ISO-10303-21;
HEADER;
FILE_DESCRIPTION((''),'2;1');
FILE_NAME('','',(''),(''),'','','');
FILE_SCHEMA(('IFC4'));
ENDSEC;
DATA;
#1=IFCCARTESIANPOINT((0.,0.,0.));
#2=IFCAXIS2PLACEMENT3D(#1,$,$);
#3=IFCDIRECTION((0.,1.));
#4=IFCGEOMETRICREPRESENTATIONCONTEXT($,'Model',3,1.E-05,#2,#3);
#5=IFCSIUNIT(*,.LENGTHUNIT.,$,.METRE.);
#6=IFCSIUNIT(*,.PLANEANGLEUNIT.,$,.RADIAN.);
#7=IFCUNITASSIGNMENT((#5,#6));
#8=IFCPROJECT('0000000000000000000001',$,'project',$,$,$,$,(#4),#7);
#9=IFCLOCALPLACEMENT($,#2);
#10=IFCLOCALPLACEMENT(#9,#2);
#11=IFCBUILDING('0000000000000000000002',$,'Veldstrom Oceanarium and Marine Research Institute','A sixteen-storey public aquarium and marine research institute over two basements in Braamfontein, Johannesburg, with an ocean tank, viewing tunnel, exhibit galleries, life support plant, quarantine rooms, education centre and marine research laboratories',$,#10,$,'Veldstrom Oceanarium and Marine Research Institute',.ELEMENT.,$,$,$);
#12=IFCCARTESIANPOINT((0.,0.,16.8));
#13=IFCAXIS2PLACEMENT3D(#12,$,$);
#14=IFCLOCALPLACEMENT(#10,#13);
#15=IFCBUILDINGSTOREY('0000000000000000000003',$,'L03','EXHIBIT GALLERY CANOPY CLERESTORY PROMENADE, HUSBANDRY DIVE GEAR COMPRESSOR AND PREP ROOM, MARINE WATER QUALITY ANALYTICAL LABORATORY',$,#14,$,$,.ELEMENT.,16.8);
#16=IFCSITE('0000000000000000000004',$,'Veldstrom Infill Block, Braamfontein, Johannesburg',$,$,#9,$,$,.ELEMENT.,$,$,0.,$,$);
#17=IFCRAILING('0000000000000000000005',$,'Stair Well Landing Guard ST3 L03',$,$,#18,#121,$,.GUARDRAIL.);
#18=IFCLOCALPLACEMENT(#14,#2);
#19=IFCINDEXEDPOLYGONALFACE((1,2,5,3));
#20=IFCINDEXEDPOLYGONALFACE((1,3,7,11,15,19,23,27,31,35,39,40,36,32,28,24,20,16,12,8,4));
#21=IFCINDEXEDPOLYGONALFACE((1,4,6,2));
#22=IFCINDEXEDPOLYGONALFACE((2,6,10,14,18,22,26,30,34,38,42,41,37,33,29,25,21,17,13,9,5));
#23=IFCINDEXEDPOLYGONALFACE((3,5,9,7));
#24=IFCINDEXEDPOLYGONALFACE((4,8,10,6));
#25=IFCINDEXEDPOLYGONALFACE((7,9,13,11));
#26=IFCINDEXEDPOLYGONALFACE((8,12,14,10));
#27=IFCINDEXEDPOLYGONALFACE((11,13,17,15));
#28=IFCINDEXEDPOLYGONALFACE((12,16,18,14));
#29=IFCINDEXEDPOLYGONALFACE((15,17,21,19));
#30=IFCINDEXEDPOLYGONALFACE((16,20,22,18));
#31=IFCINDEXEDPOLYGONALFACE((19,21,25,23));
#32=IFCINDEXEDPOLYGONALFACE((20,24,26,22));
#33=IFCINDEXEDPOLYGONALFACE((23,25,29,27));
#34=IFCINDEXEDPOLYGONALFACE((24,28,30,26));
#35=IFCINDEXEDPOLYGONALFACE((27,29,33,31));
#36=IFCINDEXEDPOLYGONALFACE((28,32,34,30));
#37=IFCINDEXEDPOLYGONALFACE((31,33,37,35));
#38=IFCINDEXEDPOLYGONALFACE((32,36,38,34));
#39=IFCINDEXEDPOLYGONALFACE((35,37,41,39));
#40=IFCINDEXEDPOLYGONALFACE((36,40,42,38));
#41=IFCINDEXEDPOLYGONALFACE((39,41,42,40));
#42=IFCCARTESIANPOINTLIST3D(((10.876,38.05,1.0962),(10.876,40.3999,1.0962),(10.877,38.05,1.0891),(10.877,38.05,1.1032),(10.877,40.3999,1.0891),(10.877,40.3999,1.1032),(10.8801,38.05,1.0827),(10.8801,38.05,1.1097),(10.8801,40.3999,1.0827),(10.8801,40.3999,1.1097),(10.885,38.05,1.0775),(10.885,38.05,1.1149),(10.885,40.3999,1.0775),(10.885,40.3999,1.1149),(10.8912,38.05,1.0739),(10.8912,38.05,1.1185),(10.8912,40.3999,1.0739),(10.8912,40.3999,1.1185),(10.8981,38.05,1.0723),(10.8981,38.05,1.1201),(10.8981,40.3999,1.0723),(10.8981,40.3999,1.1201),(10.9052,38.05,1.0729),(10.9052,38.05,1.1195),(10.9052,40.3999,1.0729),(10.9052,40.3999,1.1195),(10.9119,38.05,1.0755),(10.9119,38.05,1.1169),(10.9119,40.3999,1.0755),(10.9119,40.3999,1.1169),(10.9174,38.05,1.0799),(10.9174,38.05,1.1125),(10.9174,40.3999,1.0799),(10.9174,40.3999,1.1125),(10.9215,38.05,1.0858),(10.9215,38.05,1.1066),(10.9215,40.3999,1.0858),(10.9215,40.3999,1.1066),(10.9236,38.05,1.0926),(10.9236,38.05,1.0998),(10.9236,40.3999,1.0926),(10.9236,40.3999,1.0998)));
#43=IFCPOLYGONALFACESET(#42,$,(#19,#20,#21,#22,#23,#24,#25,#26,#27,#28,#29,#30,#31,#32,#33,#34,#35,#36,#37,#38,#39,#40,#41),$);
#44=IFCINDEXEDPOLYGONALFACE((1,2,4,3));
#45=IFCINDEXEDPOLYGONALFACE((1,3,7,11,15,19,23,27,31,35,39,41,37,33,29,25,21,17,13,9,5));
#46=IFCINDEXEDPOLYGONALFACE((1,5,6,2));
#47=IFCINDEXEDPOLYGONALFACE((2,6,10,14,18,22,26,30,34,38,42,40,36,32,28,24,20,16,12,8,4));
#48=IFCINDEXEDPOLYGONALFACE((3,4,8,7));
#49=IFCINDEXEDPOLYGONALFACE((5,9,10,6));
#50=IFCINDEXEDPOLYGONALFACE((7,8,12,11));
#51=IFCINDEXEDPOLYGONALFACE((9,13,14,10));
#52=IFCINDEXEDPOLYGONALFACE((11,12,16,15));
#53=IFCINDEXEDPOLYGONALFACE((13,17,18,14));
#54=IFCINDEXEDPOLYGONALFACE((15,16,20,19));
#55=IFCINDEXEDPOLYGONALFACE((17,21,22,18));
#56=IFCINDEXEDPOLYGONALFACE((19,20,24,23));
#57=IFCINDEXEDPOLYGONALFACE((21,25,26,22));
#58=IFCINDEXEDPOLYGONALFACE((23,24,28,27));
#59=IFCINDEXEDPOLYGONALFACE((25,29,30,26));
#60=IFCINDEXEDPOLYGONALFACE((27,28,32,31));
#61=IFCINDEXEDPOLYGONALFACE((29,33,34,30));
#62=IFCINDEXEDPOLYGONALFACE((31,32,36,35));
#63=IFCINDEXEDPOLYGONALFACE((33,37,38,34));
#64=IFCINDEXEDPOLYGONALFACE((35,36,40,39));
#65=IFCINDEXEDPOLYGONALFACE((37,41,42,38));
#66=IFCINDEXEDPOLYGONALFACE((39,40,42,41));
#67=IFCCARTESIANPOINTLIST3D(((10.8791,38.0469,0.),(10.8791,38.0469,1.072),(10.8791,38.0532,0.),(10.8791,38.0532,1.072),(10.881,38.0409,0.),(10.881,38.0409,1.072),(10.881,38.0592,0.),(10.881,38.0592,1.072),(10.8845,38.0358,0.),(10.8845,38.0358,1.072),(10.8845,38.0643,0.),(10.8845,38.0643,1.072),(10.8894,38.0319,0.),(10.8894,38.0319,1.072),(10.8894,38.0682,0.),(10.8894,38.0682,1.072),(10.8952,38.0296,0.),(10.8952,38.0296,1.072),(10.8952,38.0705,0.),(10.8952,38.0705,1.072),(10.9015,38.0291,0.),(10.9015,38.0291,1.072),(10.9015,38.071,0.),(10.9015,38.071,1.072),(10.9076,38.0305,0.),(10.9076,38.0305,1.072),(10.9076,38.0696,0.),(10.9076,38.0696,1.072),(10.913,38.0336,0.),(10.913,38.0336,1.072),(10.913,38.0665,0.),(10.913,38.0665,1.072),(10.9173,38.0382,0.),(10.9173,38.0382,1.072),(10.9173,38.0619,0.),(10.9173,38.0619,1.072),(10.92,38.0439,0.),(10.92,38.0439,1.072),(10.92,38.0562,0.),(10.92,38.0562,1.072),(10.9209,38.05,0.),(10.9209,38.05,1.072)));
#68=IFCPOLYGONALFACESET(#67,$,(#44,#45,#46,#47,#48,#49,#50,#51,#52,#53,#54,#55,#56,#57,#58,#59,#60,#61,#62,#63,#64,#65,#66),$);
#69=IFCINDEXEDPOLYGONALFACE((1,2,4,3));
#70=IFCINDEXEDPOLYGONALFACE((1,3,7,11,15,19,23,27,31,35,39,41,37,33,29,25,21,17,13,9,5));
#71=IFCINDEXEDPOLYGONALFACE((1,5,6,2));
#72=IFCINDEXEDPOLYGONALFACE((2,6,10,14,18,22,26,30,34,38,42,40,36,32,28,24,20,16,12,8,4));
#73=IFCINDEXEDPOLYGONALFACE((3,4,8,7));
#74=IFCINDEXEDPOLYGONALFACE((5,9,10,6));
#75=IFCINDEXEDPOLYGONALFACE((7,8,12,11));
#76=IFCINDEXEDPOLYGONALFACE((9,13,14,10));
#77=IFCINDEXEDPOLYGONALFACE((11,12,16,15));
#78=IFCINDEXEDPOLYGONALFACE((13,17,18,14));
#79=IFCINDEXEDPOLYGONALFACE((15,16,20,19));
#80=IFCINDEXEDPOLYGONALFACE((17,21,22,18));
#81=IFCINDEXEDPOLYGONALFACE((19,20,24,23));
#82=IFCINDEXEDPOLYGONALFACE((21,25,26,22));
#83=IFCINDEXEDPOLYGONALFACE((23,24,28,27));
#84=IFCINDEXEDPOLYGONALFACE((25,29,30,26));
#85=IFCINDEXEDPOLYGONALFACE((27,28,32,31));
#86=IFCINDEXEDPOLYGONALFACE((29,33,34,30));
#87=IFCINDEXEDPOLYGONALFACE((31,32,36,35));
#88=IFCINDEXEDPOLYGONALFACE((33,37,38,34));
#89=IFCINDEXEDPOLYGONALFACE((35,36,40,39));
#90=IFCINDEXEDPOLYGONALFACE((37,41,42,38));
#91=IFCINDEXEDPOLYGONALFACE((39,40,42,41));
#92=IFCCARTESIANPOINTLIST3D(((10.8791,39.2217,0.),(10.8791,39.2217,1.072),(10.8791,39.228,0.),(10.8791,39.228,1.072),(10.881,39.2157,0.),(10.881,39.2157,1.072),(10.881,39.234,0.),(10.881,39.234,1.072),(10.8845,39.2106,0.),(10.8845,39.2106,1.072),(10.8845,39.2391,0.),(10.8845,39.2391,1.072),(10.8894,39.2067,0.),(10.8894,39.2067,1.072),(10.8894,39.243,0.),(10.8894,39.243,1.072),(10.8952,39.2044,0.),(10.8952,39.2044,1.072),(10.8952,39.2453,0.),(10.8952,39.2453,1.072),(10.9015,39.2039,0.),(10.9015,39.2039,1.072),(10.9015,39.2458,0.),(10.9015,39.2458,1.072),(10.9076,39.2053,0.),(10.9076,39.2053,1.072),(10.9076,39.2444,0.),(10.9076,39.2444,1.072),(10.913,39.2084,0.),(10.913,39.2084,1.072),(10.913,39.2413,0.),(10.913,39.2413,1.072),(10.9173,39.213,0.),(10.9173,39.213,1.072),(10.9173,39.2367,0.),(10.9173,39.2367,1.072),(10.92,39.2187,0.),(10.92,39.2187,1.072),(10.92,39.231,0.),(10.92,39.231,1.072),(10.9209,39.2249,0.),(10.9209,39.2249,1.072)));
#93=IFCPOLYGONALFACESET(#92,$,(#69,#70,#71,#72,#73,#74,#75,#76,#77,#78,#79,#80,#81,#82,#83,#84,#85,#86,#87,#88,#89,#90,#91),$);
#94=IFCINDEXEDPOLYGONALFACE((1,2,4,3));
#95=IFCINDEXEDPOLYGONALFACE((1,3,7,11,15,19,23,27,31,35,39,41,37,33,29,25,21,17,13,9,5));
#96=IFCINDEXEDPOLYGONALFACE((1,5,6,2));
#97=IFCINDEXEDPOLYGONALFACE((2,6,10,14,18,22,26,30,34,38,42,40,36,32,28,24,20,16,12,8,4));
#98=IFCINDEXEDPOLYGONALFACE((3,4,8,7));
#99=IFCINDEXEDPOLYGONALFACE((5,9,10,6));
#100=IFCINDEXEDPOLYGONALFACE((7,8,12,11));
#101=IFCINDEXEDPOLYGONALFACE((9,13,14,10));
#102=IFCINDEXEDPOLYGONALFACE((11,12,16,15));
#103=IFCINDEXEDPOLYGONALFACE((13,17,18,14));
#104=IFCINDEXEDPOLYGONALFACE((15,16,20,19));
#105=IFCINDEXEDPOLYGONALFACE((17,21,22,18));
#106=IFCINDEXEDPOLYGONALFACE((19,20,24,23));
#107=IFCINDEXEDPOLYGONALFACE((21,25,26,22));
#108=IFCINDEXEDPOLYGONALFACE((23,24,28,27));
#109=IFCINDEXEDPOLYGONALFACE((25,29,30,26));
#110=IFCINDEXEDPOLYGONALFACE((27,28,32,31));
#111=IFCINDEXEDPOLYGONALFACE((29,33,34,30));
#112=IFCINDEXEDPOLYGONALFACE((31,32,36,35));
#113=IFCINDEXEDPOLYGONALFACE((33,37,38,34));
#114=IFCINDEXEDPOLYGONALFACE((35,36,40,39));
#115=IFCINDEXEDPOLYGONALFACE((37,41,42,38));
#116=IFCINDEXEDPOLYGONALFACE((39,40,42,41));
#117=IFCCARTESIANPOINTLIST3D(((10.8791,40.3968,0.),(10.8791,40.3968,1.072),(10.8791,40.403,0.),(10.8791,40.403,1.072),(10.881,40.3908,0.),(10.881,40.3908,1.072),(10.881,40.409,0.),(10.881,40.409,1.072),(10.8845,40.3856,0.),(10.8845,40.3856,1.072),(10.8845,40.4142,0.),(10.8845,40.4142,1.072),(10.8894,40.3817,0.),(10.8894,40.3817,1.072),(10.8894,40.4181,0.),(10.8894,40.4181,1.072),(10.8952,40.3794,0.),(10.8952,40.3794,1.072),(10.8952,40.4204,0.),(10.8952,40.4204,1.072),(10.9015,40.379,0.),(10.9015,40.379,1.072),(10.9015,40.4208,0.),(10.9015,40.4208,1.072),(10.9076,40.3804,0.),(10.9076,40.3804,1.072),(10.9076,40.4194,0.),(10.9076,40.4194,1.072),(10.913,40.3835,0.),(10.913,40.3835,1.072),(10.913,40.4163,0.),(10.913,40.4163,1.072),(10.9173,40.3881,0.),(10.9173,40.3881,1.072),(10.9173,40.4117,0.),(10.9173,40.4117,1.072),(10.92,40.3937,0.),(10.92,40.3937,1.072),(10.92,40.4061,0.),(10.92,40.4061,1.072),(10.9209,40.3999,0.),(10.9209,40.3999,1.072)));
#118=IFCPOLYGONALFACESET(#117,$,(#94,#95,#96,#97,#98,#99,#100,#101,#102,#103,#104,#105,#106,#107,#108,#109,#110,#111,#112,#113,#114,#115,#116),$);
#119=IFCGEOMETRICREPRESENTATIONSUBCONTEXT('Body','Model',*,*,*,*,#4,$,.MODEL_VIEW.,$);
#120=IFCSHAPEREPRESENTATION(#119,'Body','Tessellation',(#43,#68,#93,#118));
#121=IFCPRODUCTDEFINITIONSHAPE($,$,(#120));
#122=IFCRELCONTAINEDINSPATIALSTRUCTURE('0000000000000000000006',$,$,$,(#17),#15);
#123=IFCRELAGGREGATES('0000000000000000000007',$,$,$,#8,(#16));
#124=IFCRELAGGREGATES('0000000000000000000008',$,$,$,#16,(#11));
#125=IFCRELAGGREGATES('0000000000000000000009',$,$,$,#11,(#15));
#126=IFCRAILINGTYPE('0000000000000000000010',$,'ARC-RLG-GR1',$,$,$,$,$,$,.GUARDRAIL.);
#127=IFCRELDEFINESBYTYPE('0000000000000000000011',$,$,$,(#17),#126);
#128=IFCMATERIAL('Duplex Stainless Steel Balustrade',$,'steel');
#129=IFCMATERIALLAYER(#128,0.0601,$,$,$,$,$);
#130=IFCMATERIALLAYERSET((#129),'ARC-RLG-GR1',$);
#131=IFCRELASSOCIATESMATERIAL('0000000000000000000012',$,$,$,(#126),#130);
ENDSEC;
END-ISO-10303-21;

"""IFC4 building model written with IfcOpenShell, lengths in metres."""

from ifc_helpers import new_model, si_unit, direction, frame, origin, origin_2d, place, context, subcontext, project, spatial, circle, extrude, material, layer, layer_set, type_object, element, save


model = new_model("IFC4")

# Units and contexts
model_context = context("Model", 3, precision=1e-05, world=origin(), true_north=direction((0.0, 1.0)))
body_context = subcontext(model_context, "Body", "Model", "MODEL_VIEW")
ifc_project = project(units=[si_unit("LENGTHUNIT", "METRE"), si_unit("PLANEANGLEUNIT", "RADIAN")], contexts=[model_context])

# Site, building, storey
site_placement = place(None, origin())
site = spatial("IfcSite", under=ifc_project, at=site_placement, Name="Veldstrom Infill Block, Braamfontein, Johannesburg", CompositionType="ELEMENT", RefElevation=0.0)
building_placement = place(site_placement, origin())
building = spatial("IfcBuilding", under=site, at=building_placement, Name="Veldstrom Oceanarium and Marine Research Institute", Description="A sixteen-storey public aquarium and marine research institute over two basements in Braamfontein, Johannesburg, with an ocean tank, viewing tunnel, exhibit galleries, life support plant, quarantine rooms, education centre and marine research laboratories", LongName="Veldstrom Oceanarium and Marine Research Institute", CompositionType="ELEMENT")
storey_placement = place(building_placement, frame((0.0, 0.0, 16.8)))
storey = spatial("IfcBuildingStorey", under=building, at=storey_placement, Name="L03", Description="EXHIBIT GALLERY CANOPY CLERESTORY PROMENADE, HUSBANDRY DIVE GEAR COMPRESSOR AND PREP ROOM, MARINE WATER QUALITY ANALYTICAL LABORATORY", CompositionType="ELEMENT", Elevation=16.8)

# Railing
ifc_material_1 = material(Name="Duplex Stainless Steel Balustrade", Category="steel")
ifc_layer_1 = layer(ifc_material_1, 0.0601)
ifc_layer_set_1 = layer_set([ifc_layer_1], Name="ARC-RLG-GR1")
railing_type = type_object("IfcRailingType", Name="ARC-RLG-GR1", PredefinedType="GUARDRAIL", material=ifc_layer_set_1)
railing_1_placement = place(storey_placement, frame((10.8999, 38.05, 0.0)))
element("IfcRailing", 1, at=railing_1_placement, inside=storey, type_object=railing_type, Name="Stair Well Landing Guard ST3 L03", PredefinedType="GUARDRAIL", context=body_context, shape_type="SweptSolid", body=[
    extrude(circle(Radius=0.0239, at=origin_2d()), frame((0.0, 0.0, 1.0962), z_axis=(0.0, 1.0, 0.0), x_axis=(-1.0, 0.0, 0.0)), (0.0, 0.0, 1.0), 2.3499),
    extrude(circle(Radius=0.021, at=origin_2d()), origin(), (0.0, 0.0, 1.0), 1.072),
    extrude(circle(Radius=0.021, at=origin_2d()), frame((0.0, 1.1748, 0.0)), (0.0, 0.0, 1.0), 1.072),
    extrude(circle(Radius=0.021, at=origin_2d()), frame((0.0, 2.3499, 0.0)), (0.0, 0.0, 1.0), 1.072),
])

save(model, "model.ifc")
